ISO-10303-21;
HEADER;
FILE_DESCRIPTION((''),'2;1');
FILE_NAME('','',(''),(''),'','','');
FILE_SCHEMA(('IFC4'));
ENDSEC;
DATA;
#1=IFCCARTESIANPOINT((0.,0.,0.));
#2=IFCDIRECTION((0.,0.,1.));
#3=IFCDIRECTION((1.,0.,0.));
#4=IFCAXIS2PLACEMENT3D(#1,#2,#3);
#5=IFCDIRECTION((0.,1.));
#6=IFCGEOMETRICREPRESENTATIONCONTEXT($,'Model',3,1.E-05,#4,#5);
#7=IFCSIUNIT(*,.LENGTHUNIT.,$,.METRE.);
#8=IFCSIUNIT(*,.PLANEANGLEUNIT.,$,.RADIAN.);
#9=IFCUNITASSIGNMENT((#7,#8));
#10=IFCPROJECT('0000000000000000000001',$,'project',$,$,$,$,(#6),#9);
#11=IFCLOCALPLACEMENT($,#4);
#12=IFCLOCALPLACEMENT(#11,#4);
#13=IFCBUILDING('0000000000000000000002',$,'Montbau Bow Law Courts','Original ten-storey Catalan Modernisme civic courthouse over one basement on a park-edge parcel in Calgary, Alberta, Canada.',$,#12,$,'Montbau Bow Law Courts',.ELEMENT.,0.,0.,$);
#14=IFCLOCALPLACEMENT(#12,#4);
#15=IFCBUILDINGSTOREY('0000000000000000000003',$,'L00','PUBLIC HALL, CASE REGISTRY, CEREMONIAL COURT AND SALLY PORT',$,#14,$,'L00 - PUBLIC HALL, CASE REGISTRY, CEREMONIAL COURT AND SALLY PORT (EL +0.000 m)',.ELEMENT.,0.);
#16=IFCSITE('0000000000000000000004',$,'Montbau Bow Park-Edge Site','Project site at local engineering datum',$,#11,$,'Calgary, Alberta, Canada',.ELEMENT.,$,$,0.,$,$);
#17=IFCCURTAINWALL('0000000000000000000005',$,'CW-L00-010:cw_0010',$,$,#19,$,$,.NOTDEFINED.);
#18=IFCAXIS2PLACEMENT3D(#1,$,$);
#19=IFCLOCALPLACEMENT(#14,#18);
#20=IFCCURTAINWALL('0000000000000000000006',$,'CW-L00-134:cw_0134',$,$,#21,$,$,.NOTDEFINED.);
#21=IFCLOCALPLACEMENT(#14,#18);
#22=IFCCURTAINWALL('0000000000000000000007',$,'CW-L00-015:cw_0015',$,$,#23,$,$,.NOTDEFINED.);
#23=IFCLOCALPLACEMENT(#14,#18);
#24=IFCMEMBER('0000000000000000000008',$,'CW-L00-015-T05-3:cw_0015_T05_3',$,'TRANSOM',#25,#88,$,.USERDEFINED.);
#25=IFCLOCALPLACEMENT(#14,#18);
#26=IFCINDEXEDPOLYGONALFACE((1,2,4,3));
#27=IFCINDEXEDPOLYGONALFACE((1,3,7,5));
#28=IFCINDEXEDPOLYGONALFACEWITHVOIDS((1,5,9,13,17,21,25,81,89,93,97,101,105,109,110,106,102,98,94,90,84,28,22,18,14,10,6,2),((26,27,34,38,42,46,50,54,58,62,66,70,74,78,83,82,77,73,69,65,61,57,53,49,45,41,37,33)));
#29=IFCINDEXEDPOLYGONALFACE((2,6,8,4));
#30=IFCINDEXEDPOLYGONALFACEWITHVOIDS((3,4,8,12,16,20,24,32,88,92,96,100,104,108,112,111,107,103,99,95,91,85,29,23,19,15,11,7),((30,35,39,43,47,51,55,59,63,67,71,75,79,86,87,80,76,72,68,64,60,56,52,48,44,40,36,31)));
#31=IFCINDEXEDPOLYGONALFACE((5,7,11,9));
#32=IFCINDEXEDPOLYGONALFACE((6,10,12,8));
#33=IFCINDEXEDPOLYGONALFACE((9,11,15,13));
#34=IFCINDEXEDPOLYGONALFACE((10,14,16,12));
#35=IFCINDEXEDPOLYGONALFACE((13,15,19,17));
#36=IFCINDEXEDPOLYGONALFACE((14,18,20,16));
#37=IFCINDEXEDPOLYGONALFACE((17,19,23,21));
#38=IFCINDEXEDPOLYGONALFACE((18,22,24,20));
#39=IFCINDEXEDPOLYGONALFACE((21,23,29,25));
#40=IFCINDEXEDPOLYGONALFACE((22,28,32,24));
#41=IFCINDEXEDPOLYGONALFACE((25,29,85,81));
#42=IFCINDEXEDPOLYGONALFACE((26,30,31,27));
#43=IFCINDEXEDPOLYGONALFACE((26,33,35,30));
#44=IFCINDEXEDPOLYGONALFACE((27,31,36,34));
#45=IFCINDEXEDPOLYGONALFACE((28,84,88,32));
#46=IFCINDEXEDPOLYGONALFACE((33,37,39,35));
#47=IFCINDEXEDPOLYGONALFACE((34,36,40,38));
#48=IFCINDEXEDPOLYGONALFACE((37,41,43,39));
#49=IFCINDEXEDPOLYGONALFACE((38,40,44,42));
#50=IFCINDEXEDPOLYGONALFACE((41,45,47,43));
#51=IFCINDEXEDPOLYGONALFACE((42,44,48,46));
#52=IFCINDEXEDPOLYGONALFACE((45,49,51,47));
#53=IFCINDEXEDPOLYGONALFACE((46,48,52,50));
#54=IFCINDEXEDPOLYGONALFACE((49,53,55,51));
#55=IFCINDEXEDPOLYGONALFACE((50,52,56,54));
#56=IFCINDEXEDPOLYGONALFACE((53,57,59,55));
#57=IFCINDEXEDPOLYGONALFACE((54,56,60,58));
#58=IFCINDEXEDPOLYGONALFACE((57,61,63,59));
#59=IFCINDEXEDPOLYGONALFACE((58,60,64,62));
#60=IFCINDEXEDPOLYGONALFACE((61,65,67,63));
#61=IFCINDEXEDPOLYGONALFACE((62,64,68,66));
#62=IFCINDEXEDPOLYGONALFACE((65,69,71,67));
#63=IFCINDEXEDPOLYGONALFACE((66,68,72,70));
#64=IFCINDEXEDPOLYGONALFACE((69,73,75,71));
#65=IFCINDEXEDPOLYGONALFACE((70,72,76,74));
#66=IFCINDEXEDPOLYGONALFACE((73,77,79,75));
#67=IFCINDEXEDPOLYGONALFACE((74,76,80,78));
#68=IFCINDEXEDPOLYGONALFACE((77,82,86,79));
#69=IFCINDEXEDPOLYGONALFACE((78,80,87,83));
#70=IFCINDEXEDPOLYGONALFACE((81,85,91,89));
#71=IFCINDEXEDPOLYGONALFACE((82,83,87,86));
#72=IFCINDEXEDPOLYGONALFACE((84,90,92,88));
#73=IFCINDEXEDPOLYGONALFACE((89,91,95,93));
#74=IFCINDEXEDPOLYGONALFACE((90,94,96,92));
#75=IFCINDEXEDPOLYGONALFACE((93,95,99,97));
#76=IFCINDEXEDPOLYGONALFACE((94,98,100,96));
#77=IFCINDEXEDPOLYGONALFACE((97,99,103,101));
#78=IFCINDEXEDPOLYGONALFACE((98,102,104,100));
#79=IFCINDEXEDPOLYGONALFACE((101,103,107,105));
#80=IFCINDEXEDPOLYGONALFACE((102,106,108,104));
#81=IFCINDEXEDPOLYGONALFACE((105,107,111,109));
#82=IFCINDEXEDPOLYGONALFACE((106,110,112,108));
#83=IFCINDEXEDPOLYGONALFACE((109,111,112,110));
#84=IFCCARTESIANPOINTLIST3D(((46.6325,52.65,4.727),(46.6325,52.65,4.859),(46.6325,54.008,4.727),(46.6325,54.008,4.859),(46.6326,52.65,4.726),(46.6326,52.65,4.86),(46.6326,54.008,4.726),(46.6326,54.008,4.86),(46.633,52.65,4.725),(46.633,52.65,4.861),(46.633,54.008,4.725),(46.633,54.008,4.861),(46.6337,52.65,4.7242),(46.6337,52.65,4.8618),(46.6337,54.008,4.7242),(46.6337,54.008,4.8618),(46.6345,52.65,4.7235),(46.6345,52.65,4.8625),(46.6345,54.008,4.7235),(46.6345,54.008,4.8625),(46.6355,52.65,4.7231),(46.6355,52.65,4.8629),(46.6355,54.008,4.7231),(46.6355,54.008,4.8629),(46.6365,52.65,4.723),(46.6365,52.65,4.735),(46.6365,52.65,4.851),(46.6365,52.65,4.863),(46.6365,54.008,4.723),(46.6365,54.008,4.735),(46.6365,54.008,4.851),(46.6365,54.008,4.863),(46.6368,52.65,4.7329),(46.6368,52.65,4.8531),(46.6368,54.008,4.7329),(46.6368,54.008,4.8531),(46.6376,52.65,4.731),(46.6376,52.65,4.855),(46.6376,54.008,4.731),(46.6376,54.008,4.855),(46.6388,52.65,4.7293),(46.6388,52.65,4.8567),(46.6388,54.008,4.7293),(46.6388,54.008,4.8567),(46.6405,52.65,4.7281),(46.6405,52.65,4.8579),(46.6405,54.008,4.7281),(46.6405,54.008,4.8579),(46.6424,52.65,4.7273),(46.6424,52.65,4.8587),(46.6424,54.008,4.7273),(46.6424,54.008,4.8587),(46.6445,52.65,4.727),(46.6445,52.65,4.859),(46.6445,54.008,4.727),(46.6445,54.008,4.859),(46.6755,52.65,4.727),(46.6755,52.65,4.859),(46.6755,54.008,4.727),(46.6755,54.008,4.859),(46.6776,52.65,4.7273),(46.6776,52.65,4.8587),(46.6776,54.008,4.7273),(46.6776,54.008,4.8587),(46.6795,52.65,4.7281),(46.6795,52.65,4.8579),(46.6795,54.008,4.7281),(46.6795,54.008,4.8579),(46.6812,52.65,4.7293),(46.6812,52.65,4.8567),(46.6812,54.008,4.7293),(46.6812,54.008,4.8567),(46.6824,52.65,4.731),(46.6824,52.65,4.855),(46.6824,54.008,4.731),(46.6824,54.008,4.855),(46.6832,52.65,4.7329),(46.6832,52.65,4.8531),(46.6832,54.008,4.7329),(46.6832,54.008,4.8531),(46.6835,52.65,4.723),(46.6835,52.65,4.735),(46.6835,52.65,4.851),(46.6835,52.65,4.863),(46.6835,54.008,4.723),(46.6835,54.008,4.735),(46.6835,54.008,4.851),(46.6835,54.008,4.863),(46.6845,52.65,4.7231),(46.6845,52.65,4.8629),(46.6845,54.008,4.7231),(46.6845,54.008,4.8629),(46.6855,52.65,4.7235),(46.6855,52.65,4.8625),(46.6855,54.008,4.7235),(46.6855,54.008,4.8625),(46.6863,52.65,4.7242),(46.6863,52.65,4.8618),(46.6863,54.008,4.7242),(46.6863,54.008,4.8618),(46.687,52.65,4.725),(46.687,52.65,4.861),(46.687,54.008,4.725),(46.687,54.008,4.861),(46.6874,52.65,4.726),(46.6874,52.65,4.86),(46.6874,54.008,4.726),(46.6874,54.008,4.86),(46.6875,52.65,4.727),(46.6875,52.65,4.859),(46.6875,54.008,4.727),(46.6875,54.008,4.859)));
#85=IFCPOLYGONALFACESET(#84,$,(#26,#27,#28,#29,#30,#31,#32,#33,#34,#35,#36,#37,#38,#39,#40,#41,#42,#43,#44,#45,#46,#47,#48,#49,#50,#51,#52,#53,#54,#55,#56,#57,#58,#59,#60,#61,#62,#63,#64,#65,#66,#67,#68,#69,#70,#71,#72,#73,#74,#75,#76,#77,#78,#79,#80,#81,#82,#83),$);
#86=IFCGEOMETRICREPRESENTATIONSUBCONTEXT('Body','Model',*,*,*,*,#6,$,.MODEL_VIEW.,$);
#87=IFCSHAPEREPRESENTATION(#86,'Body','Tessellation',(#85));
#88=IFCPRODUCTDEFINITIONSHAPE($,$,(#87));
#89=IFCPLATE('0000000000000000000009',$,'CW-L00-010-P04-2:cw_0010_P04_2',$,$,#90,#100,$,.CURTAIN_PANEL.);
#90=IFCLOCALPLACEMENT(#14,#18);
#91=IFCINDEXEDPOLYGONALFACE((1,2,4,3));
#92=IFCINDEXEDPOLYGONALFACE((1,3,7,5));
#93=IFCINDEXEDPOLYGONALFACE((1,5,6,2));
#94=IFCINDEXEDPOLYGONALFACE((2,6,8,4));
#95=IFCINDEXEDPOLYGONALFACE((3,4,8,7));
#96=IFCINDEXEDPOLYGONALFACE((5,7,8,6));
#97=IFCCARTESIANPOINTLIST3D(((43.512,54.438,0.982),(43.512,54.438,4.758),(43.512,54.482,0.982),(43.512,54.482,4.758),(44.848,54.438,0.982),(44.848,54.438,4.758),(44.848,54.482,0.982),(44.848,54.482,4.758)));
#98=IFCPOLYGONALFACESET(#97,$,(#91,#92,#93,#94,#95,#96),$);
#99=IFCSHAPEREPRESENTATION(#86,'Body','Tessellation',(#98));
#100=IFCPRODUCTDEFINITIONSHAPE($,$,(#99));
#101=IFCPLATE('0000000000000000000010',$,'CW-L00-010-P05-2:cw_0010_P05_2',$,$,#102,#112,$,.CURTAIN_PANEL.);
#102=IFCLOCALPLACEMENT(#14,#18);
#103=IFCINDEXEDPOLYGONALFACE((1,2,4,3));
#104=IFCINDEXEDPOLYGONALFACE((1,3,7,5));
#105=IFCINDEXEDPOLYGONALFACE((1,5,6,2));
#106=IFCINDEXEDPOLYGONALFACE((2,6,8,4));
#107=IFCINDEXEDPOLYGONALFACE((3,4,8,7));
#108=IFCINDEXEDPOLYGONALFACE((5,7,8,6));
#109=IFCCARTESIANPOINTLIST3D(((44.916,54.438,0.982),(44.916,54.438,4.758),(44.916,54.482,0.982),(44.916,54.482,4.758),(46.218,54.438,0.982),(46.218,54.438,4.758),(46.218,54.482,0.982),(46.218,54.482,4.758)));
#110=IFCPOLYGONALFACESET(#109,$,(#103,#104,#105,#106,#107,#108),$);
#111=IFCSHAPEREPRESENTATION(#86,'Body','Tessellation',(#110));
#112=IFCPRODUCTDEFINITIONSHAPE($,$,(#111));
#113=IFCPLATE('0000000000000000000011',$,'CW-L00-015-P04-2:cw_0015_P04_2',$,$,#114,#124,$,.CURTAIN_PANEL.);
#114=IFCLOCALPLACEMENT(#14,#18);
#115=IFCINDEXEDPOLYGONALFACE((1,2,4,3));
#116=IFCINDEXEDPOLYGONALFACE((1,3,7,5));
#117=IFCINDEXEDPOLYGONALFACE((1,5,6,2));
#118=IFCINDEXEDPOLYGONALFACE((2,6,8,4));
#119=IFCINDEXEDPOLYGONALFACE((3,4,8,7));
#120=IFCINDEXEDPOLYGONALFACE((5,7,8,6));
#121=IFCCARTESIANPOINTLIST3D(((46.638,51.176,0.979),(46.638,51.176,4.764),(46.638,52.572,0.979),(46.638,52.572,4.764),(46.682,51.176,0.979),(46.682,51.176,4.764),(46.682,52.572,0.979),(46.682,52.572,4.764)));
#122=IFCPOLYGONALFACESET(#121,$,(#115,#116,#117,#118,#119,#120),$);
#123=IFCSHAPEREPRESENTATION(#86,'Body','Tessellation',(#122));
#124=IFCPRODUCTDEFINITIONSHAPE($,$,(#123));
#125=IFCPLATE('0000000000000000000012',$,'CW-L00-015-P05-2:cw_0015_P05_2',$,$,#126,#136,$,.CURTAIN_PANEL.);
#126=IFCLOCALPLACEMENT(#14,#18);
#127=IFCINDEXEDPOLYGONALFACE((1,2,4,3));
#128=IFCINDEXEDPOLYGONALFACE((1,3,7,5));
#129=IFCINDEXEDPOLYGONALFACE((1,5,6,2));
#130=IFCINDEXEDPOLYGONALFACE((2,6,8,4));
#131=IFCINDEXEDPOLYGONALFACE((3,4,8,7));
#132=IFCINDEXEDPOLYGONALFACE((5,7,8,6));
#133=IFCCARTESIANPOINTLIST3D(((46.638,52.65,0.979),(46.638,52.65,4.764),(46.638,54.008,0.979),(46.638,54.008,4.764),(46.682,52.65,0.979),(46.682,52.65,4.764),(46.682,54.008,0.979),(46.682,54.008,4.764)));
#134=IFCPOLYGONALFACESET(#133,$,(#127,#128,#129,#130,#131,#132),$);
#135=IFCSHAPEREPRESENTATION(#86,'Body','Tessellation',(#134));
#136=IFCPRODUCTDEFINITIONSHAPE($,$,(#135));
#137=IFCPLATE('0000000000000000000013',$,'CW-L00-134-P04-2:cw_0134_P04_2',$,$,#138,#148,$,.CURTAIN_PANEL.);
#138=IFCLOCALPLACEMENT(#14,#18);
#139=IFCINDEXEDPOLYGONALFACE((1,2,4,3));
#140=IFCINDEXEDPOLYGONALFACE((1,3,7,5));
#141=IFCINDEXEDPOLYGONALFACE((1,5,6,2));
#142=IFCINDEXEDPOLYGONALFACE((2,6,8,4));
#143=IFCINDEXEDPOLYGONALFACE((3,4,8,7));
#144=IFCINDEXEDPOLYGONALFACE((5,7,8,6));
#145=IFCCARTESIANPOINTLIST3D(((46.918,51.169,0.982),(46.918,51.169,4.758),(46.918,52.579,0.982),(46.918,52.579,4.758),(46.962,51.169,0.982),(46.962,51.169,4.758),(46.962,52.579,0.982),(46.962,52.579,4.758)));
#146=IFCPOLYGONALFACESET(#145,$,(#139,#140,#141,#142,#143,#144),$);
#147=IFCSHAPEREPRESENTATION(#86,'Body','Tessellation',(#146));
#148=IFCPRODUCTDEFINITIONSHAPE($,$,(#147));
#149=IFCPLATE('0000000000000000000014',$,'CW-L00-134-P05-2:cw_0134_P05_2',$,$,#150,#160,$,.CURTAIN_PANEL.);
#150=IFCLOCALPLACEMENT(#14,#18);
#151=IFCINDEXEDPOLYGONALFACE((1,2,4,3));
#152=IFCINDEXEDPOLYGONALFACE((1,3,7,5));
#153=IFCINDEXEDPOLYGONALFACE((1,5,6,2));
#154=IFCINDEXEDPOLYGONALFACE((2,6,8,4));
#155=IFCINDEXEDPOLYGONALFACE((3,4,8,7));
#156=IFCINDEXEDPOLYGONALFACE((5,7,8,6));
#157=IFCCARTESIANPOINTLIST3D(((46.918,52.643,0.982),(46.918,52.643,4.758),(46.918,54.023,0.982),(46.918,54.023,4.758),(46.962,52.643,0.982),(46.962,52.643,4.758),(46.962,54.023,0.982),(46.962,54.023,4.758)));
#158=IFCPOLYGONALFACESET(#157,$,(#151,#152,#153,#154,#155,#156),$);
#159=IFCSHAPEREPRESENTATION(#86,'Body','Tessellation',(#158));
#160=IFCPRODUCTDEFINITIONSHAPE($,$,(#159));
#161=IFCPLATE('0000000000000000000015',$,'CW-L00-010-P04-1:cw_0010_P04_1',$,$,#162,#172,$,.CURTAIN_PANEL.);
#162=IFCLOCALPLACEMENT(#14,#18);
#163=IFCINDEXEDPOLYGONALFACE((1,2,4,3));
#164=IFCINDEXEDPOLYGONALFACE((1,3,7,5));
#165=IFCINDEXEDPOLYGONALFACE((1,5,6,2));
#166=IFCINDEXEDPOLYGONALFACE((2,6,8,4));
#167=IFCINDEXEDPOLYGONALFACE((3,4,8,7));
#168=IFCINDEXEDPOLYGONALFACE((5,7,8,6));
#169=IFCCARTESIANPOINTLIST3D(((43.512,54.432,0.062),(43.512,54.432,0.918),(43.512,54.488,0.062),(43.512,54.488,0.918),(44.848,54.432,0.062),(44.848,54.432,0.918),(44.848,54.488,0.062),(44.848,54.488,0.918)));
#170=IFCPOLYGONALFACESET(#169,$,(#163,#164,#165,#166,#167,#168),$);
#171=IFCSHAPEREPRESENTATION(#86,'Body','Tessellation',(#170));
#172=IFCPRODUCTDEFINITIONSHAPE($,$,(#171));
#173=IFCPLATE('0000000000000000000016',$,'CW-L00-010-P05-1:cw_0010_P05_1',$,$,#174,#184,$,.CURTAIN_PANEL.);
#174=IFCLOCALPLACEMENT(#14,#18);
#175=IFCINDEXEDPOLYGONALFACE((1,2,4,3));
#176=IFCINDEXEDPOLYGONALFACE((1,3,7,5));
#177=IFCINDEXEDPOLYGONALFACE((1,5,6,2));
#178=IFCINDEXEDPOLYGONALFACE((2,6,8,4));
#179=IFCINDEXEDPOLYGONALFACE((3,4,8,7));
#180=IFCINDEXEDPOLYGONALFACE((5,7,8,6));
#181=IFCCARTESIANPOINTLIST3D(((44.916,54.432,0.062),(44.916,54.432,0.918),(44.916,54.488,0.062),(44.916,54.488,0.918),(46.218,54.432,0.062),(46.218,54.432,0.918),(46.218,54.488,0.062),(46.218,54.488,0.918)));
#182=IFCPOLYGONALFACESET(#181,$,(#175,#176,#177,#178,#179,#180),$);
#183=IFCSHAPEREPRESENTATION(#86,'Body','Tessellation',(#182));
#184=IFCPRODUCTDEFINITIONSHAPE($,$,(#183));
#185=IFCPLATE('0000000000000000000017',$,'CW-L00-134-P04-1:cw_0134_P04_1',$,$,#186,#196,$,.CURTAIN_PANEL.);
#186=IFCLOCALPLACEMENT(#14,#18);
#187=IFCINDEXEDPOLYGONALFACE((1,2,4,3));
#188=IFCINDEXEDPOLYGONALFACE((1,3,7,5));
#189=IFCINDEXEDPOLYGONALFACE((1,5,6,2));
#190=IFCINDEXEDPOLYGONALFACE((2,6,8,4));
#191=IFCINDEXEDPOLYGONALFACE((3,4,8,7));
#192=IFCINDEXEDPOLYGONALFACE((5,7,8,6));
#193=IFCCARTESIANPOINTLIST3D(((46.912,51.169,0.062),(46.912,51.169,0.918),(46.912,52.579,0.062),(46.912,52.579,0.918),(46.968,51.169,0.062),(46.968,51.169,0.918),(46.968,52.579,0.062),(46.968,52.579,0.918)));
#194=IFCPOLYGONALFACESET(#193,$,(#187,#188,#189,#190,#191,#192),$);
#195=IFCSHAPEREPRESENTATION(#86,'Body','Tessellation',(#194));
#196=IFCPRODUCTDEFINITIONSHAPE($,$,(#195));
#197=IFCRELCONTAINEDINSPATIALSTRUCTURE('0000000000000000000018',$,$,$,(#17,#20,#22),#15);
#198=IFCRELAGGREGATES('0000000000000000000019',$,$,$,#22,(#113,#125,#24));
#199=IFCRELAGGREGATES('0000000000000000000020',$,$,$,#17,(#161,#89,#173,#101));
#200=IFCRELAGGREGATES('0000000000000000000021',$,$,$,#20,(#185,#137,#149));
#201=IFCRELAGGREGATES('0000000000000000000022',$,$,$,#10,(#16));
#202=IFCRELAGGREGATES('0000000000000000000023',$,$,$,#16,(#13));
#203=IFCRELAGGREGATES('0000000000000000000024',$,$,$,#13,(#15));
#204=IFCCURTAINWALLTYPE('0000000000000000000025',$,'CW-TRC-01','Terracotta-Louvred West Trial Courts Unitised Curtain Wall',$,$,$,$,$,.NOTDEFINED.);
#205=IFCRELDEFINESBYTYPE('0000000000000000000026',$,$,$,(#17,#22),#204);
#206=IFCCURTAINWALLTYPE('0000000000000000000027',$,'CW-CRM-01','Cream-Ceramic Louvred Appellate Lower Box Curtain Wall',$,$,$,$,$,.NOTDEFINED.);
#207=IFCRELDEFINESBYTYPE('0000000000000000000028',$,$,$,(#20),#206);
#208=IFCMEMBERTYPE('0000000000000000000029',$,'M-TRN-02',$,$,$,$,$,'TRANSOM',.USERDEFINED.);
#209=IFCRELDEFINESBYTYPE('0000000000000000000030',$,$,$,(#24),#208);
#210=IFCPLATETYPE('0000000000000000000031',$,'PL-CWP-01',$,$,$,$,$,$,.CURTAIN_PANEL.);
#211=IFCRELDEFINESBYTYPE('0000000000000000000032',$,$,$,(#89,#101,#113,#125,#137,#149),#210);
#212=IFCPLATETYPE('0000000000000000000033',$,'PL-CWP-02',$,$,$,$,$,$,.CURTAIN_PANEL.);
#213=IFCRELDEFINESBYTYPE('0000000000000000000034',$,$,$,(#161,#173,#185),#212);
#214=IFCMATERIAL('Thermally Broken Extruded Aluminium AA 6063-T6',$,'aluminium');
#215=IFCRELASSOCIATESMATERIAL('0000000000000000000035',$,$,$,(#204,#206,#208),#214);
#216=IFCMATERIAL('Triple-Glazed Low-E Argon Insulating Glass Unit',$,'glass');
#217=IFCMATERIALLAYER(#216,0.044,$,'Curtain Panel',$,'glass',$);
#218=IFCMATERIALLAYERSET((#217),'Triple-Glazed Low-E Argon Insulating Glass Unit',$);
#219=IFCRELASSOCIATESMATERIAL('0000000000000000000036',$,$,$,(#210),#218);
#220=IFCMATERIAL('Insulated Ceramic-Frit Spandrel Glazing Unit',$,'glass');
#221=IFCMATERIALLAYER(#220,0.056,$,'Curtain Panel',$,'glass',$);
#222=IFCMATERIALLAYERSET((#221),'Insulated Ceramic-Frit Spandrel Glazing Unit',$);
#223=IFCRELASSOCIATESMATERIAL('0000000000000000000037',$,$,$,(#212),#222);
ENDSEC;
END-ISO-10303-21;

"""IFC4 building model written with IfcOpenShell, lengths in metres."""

from ifc_helpers import new_model, si_unit, direction, frame, frame_2d, origin_with_axes, origin_2d_with_axis, place, context, subcontext, project, spatial, rectangle, hollow_rectangle, extrude, material, layer, layer_set, material_profile, profile_set, type_object, element, aggregate, save


model = new_model("IFC4")

# Units and contexts
model_context = context("Model", 3, precision=1e-05, world=origin_with_axes(), true_north=direction((0.0, 1.0)))
body_context = subcontext(model_context, "Body", "Model", "MODEL_VIEW")
ifc_project = project(units=[si_unit("LENGTHUNIT", "METRE"), si_unit("PLANEANGLEUNIT", "RADIAN")], contexts=[model_context])

# Site, building, storey
site_placement = place(None, origin_with_axes())
site = spatial("IfcSite", under=ifc_project, at=site_placement, Name="Montbau Bow Park-Edge Site", Description="Project site at local engineering datum", LongName="Calgary, Alberta, Canada", CompositionType="ELEMENT", RefElevation=0.0)
building_placement = place(site_placement, origin_with_axes())
building = spatial("IfcBuilding", under=site, at=building_placement, Name="Montbau Bow Law Courts", Description="Original ten-storey Catalan Modernisme civic courthouse over one basement on a park-edge parcel in Calgary, Alberta, Canada.", LongName="Montbau Bow Law Courts", CompositionType="ELEMENT", ElevationOfRefHeight=0.0, ElevationOfTerrain=0.0)
storey_placement = place(building_placement, origin_with_axes())
storey = spatial("IfcBuildingStorey", under=building, at=storey_placement, Name="L00", Description="PUBLIC HALL, CASE REGISTRY, CEREMONIAL COURT AND SALLY PORT", LongName="L00 - PUBLIC HALL, CASE REGISTRY, CEREMONIAL COURT AND SALLY PORT (EL +0.000 m)", CompositionType="ELEMENT", Elevation=0.0)

# Curtain walls, member
ifc_material_1 = material(Name="Thermally Broken Extruded Aluminium AA 6063-T6", Category="aluminium")
curtain_wall_type_1 = type_object("IfcCurtainWallType", Name="CW-TRC-01", Description="Terracotta-Louvred West Trial Courts Unitised Curtain Wall", PredefinedType="NOTDEFINED", material=ifc_material_1)
curtain_wall_1_placement = place(None, frame((39.268, 54.46, 0.0), z_axis=(0.0, 0.0, 1.0), x_axis=(1.0, 0.0, 0.0)))
curtain_wall_1 = element("IfcCurtainWall", 1, at=curtain_wall_1_placement, inside=storey, type_object=curtain_wall_type_1, Name="CW-L00-010:cw_0010", PredefinedType="NOTDEFINED")
curtain_wall_type_2 = type_object("IfcCurtainWallType", Name="CW-CRM-01", Description="Cream-Ceramic Louvred Appellate Lower Box Curtain Wall", PredefinedType="NOTDEFINED", material=ifc_material_1)
curtain_wall_2_placement = place(None, frame((46.94, 46.715, 0.0), z_axis=(0.0, 0.0, 1.0), x_axis=(1.0, 0.0, 0.0)))
curtain_wall_2 = element("IfcCurtainWall", 2, at=curtain_wall_2_placement, inside=storey, type_object=curtain_wall_type_2, Name="CW-L00-134:cw_0134", PredefinedType="NOTDEFINED")
curtain_wall_3_placement = place(None, frame((46.66, 46.715, 0.0), z_axis=(0.0, 0.0, 1.0), x_axis=(1.0, 0.0, 0.0)))
curtain_wall_3 = element("IfcCurtainWall", 3, at=curtain_wall_3_placement, inside=storey, type_object=curtain_wall_type_1, Name="CW-L00-015:cw_0015", PredefinedType="NOTDEFINED")
ifc_material_profile_1 = material_profile(ifc_material_1, hollow_rectangle(XDim=0.055, YDim=0.14, WallThickness=0.004, InnerFilletRadius=0.008, OuterFilletRadius=0.004, at=origin_2d_with_axis()), Name="CWT-140X55", Category="Main", Priority=0)
ifc_profile_set_1 = profile_set([ifc_material_profile_1], Name="Thermally Broken Extruded Aluminium AA 6063-T6")
member_type_1 = type_object("IfcMemberType", Name="M-TRN-02", ElementType="TRANSOM", PredefinedType="USERDEFINED", material=ifc_profile_set_1)
member_1_placement = place(None, frame((46.66, 52.65, 4.793), z_axis=(0.0, 1.0, 0.0), x_axis=(-1.0, 0.0, 0.0)))
member_1 = element("IfcMember", 4, at=member_1_placement, type_object=member_type_1, Name="CW-L00-015-T05-3:cw_0015_T05_3", ObjectType="TRANSOM", PredefinedType="USERDEFINED", context=body_context, shape_type="SweptSolid", body=[
    extrude(hollow_rectangle(XDim=0.055, YDim=0.14, WallThickness=0.004, InnerFilletRadius=0.008, OuterFilletRadius=0.004, at=origin_2d_with_axis()), origin_with_axes(), (0.0, 0.0, 1.0), 1.358),
])

# Plates
ifc_material_2 = material(Name="Triple-Glazed Low-E Argon Insulating Glass Unit", Category="glass")
ifc_layer_1 = layer(ifc_material_2, 0.044, Name="Curtain Panel", Category="glass")
ifc_layer_set_1 = layer_set([ifc_layer_1], Name="Triple-Glazed Low-E Argon Insulating Glass Unit")
plate_type_1 = type_object("IfcPlateType", Name="PL-CWP-01", PredefinedType="CURTAIN_PANEL", material=ifc_layer_set_1)
plate_1_placement = place(None, frame((43.512, 54.46, 0.982), z_axis=(0.0, -1.0, 0.0), x_axis=(1.0, 0.0, 0.0)))
plate_1 = element("IfcPlate", 5, at=plate_1_placement, type_object=plate_type_1, Name="CW-L00-010-P04-2:cw_0010_P04_2", PredefinedType="CURTAIN_PANEL", context=body_context, shape_type="SweptSolid", body=[
    extrude(rectangle(XDim=1.336, YDim=3.776, at=frame_2d((0.668, 1.888), x_axis=(1.0, 0.0))), frame((0.0, 0.0, -0.022), z_axis=(0.0, 0.0, 1.0), x_axis=(1.0, 0.0, 0.0)), (0.0, 0.0, 1.0), 0.044),
])
plate_2_placement = place(None, frame((44.916, 54.46, 0.982), z_axis=(0.0, -1.0, 0.0), x_axis=(1.0, 0.0, 0.0)))
plate_2 = element("IfcPlate", 6, at=plate_2_placement, type_object=plate_type_1, Name="CW-L00-010-P05-2:cw_0010_P05_2", PredefinedType="CURTAIN_PANEL", context=body_context, shape_type="SweptSolid", body=[
    extrude(rectangle(XDim=1.302, YDim=3.776, at=frame_2d((0.651, 1.888), x_axis=(1.0, 0.0))), frame((0.0, 0.0, -0.022), z_axis=(0.0, 0.0, 1.0), x_axis=(1.0, 0.0, 0.0)), (0.0, 0.0, 1.0), 0.044),
])
plate_3_placement = place(None, frame((46.66, 51.176, 0.979), z_axis=(1.0, 0.0, 0.0), x_axis=(0.0, 1.0, 0.0)))
plate_3 = element("IfcPlate", 7, at=plate_3_placement, type_object=plate_type_1, Name="CW-L00-015-P04-2:cw_0015_P04_2", PredefinedType="CURTAIN_PANEL", context=body_context, shape_type="SweptSolid", body=[
    extrude(rectangle(XDim=1.396, YDim=3.785, at=frame_2d((0.698, 1.8925), x_axis=(1.0, 0.0))), frame((0.0, 0.0, -0.022), z_axis=(0.0, 0.0, 1.0), x_axis=(1.0, 0.0, 0.0)), (0.0, 0.0, 1.0), 0.044),
])
plate_4_placement = place(None, frame((46.66, 52.65, 0.979), z_axis=(1.0, 0.0, 0.0), x_axis=(0.0, 1.0, 0.0)))
plate_4 = element("IfcPlate", 8, at=plate_4_placement, type_object=plate_type_1, Name="CW-L00-015-P05-2:cw_0015_P05_2", PredefinedType="CURTAIN_PANEL", context=body_context, shape_type="SweptSolid", body=[
    extrude(rectangle(XDim=1.358, YDim=3.785, at=frame_2d((0.679, 1.8925), x_axis=(1.0, 0.0))), frame((0.0, 0.0, -0.022), z_axis=(0.0, 0.0, 1.0), x_axis=(1.0, 0.0, 0.0)), (0.0, 0.0, 1.0), 0.044),
])
aggregate(curtain_wall_3, [plate_3, plate_4, member_1])
plate_5_placement = place(None, frame((46.94, 51.169, 0.982), z_axis=(1.0, 0.0, 0.0), x_axis=(0.0, 1.0, 0.0)))
plate_5 = element("IfcPlate", 9, at=plate_5_placement, type_object=plate_type_1, Name="CW-L00-134-P04-2:cw_0134_P04_2", PredefinedType="CURTAIN_PANEL", context=body_context, shape_type="SweptSolid", body=[
    extrude(rectangle(XDim=1.41, YDim=3.776, at=frame_2d((0.705, 1.888), x_axis=(1.0, 0.0))), frame((0.0, 0.0, -0.022), z_axis=(0.0, 0.0, 1.0), x_axis=(1.0, 0.0, 0.0)), (0.0, 0.0, 1.0), 0.044),
])
plate_6_placement = place(None, frame((46.94, 52.643, 0.982), z_axis=(1.0, 0.0, 0.0), x_axis=(0.0, 1.0, 0.0)))
plate_6 = element("IfcPlate", 10, at=plate_6_placement, type_object=plate_type_1, Name="CW-L00-134-P05-2:cw_0134_P05_2", PredefinedType="CURTAIN_PANEL", context=body_context, shape_type="SweptSolid", body=[
    extrude(rectangle(XDim=1.38, YDim=3.776, at=frame_2d((0.69, 1.888), x_axis=(1.0, 0.0))), frame((0.0, 0.0, -0.022), z_axis=(0.0, 0.0, 1.0), x_axis=(1.0, 0.0, 0.0)), (0.0, 0.0, 1.0), 0.044),
])
ifc_material_3 = material(Name="Insulated Ceramic-Frit Spandrel Glazing Unit", Category="glass")
ifc_layer_2 = layer(ifc_material_3, 0.056, Name="Curtain Panel", Category="glass")
ifc_layer_set_2 = layer_set([ifc_layer_2], Name="Insulated Ceramic-Frit Spandrel Glazing Unit")
plate_type_2 = type_object("IfcPlateType", Name="PL-CWP-02", PredefinedType="CURTAIN_PANEL", material=ifc_layer_set_2)
plate_7_placement = place(None, frame((43.512, 54.46, 0.062), z_axis=(0.0, -1.0, 0.0), x_axis=(1.0, 0.0, 0.0)))
plate_7 = element("IfcPlate", 11, at=plate_7_placement, type_object=plate_type_2, Name="CW-L00-010-P04-1:cw_0010_P04_1", PredefinedType="CURTAIN_PANEL", context=body_context, shape_type="SweptSolid", body=[
    extrude(rectangle(XDim=1.336, YDim=0.856, at=frame_2d((0.668, 0.428), x_axis=(1.0, 0.0))), frame((0.0, 0.0, -0.028), z_axis=(0.0, 0.0, 1.0), x_axis=(1.0, 0.0, 0.0)), (0.0, 0.0, 1.0), 0.056),
])
plate_8_placement = place(None, frame((44.916, 54.46, 0.062), z_axis=(0.0, -1.0, 0.0), x_axis=(1.0, 0.0, 0.0)))
plate_8 = element("IfcPlate", 12, at=plate_8_placement, type_object=plate_type_2, Name="CW-L00-010-P05-1:cw_0010_P05_1", PredefinedType="CURTAIN_PANEL", context=body_context, shape_type="SweptSolid", body=[
    extrude(rectangle(XDim=1.302, YDim=0.856, at=frame_2d((0.651, 0.428), x_axis=(1.0, 0.0))), frame((0.0, 0.0, -0.028), z_axis=(0.0, 0.0, 1.0), x_axis=(1.0, 0.0, 0.0)), (0.0, 0.0, 1.0), 0.056),
])
aggregate(curtain_wall_1, [plate_7, plate_1, plate_8, plate_2])
plate_9_placement = place(None, frame((46.94, 51.169, 0.062), z_axis=(1.0, 0.0, 0.0), x_axis=(0.0, 1.0, 0.0)))
plate_9 = element("IfcPlate", 13, at=plate_9_placement, type_object=plate_type_2, Name="CW-L00-134-P04-1:cw_0134_P04_1", PredefinedType="CURTAIN_PANEL", context=body_context, shape_type="SweptSolid", body=[
    extrude(rectangle(XDim=1.41, YDim=0.856, at=frame_2d((0.705, 0.428), x_axis=(1.0, 0.0))), frame((0.0, 0.0, -0.028), z_axis=(0.0, 0.0, 1.0), x_axis=(1.0, 0.0, 0.0)), (0.0, 0.0, 1.0), 0.056),
])
aggregate(curtain_wall_2, [plate_9, plate_5, plate_6])

save(model, "model.ifc")
